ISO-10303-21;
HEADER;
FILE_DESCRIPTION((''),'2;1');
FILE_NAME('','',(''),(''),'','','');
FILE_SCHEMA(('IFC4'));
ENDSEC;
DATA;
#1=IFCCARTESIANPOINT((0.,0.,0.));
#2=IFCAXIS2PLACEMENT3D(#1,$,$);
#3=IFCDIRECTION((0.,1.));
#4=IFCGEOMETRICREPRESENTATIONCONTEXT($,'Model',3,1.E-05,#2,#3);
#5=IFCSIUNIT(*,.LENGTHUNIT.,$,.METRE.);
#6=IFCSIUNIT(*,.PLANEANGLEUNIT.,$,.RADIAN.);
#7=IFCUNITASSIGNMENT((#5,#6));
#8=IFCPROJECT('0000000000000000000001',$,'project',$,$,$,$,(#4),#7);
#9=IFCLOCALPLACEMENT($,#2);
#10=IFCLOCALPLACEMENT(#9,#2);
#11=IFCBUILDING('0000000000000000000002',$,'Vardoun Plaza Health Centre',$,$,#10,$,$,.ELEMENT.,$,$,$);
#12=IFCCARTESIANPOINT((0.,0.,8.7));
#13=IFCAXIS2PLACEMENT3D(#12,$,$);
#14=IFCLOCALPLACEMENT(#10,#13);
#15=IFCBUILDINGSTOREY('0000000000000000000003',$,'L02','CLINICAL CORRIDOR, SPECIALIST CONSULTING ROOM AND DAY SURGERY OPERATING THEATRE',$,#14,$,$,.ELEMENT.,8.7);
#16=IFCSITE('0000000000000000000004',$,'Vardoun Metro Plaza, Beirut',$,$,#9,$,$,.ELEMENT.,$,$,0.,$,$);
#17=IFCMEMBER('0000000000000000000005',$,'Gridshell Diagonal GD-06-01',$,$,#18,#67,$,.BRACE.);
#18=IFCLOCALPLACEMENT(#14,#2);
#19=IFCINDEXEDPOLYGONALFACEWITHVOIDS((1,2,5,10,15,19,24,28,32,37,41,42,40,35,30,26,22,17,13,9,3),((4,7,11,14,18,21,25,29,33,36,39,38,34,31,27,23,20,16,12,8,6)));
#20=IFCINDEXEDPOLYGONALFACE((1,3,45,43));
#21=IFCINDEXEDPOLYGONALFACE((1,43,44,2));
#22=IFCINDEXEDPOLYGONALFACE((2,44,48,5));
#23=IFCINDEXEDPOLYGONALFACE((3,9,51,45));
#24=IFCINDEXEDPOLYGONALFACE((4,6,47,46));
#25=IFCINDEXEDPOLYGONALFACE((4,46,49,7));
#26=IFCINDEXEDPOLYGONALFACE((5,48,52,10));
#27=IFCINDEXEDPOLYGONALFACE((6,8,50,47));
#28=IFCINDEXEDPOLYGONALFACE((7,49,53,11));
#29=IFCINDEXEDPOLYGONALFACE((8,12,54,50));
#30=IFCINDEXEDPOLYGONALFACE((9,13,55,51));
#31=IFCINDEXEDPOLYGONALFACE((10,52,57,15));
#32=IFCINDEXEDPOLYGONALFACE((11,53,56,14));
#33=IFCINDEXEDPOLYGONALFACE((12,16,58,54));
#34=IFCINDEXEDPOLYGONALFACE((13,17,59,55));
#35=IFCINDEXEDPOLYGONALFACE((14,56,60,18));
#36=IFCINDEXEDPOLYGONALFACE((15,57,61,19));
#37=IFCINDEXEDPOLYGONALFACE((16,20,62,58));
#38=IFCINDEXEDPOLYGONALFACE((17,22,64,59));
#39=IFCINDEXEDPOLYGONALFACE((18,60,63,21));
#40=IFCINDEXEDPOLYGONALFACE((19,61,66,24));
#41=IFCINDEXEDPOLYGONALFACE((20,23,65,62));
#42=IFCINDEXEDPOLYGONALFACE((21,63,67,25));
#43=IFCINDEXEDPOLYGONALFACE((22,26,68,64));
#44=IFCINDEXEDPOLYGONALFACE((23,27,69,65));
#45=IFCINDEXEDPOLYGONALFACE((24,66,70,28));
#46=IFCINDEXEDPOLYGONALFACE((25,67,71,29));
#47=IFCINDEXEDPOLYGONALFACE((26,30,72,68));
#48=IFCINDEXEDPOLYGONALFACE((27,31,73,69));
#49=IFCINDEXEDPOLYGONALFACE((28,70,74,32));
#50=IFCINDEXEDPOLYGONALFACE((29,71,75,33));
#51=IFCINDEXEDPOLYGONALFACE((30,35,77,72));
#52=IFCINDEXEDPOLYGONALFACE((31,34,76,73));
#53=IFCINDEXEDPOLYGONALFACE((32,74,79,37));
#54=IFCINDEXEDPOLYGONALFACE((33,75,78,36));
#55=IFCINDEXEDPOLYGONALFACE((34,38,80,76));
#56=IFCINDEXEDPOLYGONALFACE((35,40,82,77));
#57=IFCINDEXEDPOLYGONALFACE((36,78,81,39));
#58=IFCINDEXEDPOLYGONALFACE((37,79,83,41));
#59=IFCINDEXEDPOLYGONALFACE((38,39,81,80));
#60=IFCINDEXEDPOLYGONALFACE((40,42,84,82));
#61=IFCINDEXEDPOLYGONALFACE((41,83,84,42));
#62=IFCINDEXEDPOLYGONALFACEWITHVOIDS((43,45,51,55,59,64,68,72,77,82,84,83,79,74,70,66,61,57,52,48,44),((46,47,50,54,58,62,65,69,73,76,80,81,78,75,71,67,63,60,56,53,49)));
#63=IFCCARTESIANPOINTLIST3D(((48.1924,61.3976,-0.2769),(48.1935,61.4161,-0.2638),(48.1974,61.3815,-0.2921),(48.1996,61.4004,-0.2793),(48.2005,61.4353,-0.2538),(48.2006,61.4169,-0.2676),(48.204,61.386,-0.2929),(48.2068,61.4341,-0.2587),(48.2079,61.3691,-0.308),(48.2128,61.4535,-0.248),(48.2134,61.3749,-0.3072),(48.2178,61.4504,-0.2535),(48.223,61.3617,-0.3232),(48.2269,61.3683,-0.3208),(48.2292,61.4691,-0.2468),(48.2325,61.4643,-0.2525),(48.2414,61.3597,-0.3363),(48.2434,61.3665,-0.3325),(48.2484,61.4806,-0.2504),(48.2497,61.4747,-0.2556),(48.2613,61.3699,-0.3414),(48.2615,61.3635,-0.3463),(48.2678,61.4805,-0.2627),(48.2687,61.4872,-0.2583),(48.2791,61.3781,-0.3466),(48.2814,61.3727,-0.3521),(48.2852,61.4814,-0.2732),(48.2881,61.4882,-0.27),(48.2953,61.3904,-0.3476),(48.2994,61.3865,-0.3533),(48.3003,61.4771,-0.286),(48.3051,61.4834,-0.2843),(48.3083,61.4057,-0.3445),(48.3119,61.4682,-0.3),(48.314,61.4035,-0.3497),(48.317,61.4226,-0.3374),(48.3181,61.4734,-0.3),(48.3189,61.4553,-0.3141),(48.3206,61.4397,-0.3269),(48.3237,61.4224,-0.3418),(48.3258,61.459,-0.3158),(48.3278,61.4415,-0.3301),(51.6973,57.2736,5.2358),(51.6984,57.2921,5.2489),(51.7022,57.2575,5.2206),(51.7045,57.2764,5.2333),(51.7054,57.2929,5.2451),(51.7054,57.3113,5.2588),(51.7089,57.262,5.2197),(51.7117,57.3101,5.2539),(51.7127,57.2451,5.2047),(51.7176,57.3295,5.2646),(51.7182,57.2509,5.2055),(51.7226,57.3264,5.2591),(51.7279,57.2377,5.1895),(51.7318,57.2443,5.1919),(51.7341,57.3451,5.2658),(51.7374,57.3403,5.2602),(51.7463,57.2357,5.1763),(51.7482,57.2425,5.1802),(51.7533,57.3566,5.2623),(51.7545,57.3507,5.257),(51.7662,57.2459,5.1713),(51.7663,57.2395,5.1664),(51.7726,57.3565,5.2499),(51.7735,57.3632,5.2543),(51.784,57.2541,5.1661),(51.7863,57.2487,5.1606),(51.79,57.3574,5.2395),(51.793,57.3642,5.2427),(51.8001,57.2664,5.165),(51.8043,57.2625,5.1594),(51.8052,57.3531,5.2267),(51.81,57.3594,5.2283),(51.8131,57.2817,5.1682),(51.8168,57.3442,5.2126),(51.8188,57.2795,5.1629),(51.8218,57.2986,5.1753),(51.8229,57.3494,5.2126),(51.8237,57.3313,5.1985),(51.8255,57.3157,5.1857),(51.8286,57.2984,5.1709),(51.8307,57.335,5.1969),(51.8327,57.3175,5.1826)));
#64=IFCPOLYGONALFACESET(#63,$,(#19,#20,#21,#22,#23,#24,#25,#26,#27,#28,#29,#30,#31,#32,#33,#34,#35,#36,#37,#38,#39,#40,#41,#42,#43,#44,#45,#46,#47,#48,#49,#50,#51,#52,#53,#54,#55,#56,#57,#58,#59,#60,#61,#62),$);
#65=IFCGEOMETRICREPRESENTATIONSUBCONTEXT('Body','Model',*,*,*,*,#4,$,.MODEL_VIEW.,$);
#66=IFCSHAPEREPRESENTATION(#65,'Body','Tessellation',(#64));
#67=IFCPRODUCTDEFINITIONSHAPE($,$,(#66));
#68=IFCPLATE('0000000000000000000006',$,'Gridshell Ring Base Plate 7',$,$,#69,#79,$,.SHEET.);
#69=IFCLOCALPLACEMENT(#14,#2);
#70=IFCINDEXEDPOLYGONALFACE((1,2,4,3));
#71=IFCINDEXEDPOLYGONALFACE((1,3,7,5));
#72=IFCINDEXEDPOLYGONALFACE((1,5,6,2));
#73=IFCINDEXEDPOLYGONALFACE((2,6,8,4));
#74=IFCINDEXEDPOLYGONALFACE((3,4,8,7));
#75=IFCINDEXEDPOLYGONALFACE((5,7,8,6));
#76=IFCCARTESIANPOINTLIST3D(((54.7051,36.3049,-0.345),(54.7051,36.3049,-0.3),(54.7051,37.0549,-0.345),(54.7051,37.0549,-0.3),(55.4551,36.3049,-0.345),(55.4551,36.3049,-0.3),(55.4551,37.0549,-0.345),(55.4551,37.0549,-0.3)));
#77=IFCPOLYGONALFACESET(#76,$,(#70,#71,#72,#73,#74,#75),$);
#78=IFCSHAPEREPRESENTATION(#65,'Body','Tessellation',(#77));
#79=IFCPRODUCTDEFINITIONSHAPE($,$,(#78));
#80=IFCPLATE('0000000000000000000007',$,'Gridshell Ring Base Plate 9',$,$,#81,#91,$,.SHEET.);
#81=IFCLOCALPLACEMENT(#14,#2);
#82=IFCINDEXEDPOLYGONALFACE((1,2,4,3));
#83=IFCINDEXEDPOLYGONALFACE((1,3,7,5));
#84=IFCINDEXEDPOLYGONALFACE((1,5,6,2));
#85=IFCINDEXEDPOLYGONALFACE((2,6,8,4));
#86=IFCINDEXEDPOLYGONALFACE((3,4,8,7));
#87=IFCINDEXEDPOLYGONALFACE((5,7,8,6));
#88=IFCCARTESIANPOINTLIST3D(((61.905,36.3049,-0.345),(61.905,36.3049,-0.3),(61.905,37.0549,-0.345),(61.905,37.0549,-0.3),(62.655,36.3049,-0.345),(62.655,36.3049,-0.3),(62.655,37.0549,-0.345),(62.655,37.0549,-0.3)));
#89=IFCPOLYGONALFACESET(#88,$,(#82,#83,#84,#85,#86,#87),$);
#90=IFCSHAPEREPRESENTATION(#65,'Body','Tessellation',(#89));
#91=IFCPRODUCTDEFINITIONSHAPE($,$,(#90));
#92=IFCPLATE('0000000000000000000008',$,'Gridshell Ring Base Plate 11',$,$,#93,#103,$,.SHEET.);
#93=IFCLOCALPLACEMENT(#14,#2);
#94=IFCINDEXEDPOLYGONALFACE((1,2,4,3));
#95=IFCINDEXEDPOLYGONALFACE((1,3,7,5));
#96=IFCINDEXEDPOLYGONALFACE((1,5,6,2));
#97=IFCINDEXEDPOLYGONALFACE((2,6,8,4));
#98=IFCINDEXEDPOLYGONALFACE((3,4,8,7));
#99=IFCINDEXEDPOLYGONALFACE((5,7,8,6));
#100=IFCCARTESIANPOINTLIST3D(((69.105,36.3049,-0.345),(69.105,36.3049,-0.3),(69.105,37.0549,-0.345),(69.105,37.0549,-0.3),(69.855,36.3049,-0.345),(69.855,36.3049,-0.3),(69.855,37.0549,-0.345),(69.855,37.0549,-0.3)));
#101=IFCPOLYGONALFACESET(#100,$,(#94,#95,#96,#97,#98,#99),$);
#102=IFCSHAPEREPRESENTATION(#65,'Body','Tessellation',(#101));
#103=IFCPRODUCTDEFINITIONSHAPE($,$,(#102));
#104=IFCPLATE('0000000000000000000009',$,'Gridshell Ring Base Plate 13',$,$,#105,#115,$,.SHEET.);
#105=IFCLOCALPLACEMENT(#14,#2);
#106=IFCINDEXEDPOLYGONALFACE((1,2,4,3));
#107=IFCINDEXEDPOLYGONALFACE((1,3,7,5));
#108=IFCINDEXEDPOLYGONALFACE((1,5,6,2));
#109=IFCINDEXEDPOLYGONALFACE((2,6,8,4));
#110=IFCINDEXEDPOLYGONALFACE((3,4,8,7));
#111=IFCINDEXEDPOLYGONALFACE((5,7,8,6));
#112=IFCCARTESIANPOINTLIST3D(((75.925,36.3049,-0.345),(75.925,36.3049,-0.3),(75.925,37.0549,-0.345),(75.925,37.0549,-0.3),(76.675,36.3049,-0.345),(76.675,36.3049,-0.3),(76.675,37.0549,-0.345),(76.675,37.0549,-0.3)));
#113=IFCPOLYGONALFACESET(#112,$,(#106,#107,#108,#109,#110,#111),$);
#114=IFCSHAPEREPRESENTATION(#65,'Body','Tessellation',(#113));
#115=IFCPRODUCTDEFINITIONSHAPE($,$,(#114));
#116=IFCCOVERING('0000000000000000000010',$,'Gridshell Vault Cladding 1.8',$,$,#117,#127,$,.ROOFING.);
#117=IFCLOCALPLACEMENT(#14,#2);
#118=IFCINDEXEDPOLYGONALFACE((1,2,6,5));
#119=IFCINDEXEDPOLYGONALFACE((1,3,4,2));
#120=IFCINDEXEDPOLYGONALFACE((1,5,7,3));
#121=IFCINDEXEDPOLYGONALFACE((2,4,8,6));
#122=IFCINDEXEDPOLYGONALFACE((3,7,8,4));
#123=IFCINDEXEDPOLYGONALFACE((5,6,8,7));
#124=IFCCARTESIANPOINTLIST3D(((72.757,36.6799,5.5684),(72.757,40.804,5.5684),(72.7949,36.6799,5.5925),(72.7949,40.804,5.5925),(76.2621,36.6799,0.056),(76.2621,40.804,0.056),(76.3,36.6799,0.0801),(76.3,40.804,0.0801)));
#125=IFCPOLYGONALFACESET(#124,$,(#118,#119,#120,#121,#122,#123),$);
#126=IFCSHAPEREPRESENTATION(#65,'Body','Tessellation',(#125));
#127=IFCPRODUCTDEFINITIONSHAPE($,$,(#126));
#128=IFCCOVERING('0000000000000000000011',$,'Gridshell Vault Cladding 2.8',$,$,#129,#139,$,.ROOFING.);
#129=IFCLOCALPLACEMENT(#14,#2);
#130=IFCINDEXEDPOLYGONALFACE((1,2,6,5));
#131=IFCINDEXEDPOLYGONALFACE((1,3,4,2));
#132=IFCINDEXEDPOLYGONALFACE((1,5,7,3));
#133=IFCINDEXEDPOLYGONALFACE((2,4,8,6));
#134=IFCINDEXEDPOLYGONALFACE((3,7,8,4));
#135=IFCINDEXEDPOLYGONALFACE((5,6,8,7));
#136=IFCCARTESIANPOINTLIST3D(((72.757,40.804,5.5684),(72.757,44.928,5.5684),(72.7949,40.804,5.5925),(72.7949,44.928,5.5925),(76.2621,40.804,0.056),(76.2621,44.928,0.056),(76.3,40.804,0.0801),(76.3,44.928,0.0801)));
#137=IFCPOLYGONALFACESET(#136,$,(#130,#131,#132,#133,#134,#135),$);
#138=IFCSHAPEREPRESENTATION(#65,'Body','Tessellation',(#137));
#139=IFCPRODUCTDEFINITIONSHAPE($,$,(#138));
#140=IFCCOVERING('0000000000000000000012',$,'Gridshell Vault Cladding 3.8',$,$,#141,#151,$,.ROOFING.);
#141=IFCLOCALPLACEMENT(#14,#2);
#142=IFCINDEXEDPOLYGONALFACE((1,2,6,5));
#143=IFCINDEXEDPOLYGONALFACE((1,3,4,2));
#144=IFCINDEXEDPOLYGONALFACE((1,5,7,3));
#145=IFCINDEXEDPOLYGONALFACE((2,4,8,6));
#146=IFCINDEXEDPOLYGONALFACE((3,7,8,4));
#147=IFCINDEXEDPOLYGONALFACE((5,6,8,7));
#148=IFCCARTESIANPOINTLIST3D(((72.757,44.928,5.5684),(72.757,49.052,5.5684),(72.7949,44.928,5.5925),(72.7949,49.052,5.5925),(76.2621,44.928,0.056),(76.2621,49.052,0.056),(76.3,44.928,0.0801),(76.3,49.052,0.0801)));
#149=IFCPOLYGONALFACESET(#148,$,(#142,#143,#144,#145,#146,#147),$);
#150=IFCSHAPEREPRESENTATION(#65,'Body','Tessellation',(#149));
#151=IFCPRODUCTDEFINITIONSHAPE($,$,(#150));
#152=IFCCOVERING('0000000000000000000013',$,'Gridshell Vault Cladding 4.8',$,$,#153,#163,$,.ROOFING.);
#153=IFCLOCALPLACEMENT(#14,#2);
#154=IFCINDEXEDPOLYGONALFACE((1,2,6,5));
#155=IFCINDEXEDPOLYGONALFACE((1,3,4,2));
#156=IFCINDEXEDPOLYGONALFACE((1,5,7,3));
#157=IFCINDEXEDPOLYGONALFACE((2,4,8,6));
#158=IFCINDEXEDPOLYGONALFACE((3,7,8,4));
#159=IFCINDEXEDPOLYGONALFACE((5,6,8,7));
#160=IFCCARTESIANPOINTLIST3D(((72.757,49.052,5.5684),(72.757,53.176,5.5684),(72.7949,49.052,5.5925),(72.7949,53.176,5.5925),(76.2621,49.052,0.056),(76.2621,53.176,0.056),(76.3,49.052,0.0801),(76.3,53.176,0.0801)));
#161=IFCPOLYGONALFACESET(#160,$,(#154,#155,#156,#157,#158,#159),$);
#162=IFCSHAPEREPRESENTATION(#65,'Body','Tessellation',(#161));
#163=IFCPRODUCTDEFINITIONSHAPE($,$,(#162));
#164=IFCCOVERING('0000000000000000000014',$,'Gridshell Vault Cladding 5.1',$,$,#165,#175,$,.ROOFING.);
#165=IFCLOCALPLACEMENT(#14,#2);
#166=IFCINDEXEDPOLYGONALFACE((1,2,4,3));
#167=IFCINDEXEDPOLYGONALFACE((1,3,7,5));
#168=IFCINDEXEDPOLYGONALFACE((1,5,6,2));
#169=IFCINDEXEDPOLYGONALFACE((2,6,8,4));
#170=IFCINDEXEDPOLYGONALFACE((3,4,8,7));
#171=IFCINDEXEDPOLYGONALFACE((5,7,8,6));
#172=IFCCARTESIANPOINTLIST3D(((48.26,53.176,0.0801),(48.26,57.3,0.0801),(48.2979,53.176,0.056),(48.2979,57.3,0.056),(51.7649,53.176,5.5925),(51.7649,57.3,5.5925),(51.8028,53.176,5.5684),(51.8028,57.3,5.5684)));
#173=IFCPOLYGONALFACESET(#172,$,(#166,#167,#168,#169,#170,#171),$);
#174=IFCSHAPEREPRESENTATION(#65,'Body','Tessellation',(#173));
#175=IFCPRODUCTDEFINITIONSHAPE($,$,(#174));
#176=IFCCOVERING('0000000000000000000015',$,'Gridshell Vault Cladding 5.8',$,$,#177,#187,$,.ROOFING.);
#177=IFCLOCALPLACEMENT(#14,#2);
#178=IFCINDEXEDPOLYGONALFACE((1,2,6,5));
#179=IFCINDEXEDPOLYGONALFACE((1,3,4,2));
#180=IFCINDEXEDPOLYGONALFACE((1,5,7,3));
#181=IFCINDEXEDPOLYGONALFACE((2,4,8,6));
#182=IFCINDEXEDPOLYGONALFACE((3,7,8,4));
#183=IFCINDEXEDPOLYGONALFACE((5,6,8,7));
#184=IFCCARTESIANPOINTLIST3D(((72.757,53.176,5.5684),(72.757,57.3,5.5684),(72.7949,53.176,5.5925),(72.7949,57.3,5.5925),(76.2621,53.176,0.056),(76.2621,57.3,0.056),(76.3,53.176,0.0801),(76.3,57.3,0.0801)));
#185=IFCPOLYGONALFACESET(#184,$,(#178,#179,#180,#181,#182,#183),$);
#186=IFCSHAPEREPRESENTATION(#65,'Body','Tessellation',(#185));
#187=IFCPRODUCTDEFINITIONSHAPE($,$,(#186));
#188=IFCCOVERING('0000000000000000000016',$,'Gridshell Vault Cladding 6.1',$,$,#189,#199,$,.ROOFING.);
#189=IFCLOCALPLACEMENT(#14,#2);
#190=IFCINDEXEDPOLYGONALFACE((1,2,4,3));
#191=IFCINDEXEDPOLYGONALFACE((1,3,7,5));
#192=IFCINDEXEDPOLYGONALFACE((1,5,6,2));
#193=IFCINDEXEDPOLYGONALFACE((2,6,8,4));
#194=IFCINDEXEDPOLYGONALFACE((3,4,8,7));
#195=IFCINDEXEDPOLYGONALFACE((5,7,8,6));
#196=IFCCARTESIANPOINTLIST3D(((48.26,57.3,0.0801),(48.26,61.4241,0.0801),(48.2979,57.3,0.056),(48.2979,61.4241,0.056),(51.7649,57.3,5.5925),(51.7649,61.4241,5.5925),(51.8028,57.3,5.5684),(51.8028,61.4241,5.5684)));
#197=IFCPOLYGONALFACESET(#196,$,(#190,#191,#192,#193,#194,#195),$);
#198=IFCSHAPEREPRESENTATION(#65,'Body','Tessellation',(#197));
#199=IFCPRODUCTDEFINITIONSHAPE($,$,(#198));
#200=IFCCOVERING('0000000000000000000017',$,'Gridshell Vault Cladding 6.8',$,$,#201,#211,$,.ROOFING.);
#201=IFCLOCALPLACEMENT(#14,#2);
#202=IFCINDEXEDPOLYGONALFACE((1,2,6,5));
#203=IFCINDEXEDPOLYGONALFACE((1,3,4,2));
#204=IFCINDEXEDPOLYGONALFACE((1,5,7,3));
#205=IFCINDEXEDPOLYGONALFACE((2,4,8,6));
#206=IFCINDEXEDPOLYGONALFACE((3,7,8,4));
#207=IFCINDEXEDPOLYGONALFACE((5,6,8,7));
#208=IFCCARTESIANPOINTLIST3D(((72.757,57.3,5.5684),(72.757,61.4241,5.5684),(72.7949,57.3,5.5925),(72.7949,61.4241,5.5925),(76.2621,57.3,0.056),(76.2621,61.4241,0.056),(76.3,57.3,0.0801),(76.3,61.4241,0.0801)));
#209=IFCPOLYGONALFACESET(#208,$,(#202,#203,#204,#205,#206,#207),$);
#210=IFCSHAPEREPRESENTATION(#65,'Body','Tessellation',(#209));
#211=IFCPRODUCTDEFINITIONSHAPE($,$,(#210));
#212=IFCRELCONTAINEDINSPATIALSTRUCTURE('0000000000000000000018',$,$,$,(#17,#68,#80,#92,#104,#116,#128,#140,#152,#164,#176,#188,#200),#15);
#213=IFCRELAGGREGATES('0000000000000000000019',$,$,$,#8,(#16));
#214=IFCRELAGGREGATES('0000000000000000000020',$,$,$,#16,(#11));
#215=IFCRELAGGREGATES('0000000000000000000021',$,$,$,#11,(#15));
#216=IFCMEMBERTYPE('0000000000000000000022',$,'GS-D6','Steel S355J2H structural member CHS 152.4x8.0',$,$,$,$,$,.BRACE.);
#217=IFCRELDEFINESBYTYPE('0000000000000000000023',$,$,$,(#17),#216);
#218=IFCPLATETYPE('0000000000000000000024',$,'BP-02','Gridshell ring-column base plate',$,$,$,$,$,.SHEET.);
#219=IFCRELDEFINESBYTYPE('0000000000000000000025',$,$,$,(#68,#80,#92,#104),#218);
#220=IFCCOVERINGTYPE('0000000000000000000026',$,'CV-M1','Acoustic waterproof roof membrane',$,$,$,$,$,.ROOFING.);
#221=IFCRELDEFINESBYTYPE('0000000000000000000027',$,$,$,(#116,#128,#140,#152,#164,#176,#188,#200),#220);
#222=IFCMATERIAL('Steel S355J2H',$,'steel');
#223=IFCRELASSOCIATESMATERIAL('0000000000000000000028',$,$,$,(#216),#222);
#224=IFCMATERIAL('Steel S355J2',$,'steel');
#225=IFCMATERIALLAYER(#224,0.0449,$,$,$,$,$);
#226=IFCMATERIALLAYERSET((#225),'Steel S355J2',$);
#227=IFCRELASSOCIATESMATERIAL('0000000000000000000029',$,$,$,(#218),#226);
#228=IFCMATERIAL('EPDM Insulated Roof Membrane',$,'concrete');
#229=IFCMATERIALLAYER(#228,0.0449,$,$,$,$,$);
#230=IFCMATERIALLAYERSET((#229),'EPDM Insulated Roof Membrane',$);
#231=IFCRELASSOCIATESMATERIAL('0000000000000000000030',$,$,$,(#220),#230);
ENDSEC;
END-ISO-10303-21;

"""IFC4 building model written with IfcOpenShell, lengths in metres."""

from ifc_helpers import new_model, si_unit, direction, frame, origin, origin_2d, place, context, subcontext, project, spatial, polyline, rectangle, hollow_circle, outline, extrude, material, layer, layer_set, material_profile, profile_set, type_object, element, save


model = new_model("IFC4")

# Units and contexts
model_context = context("Model", 3, precision=1e-05, world=origin(), true_north=direction((0.0, 1.0)))
body_context = subcontext(model_context, "Body", "Model", "MODEL_VIEW")
ifc_project = project(units=[si_unit("LENGTHUNIT", "METRE"), si_unit("PLANEANGLEUNIT", "RADIAN")], contexts=[model_context])

# Site, building, storey
site_placement = place(None, origin())
site = spatial("IfcSite", under=ifc_project, at=site_placement, Name="Vardoun Metro Plaza, Beirut", CompositionType="ELEMENT", RefElevation=0.0)
building_placement = place(site_placement, origin())
building = spatial("IfcBuilding", under=site, at=building_placement, Name="Vardoun Plaza Health Centre", CompositionType="ELEMENT")
storey_placement = place(building_placement, frame((0.0, 0.0, 8.7)))
storey = spatial("IfcBuildingStorey", under=building, at=storey_placement, Name="L02", Description="CLINICAL CORRIDOR, SPECIALIST CONSULTING ROOM AND DAY SURGERY OPERATING THEATRE", CompositionType="ELEMENT", Elevation=8.7)

# Member
ifc_material_1 = material(Name="Steel S355J2H", Category="steel")
ifc_material_profile_1 = material_profile(ifc_material_1, hollow_circle(Radius=0.0762, WallThickness=0.0081, at=origin_2d()), Name="CHS 152.4x8.0")
ifc_profile_set_1 = profile_set([ifc_material_profile_1], Name="Steel S355J2H")
member_type_1 = type_object("IfcMemberType", Name="GS-D6", Description="Steel S355J2H structural member CHS 152.4x8.0", PredefinedType="BRACE", material=ifc_profile_set_1)
member_1_placement = place(storey_placement, frame((48.26, 61.4241, -0.3), z_axis=(0.453684, -0.533828, 0.713582), x_axis=(0.761988, 0.647591, 0.0)))
element("IfcMember", 1, at=member_1_placement, inside=storey, type_object=member_type_1, Name="Gridshell Diagonal GD-06-01", PredefinedType="BRACE", context=body_context, shape_type="SweptSolid", body=[
    extrude(hollow_circle(Radius=0.0762, WallThickness=0.0081, at=origin_2d()), origin(), (0.0, 0.0, 1.0), 7.7253),
])

# Plates
ifc_material_2 = material(Name="Steel S355J2", Category="steel")
ifc_layer_1 = layer(ifc_material_2, 0.0449)
ifc_layer_set_1 = layer_set([ifc_layer_1], Name="Steel S355J2")
plate_type = type_object("IfcPlateType", Name="BP-02", Description="Gridshell ring-column base plate", PredefinedType="SHEET", material=ifc_layer_set_1)
for number, where, z_axis, x_axis, name in (
    (2, (55.0801, 36.6799, -0.345), (0.0, 0.0, 1.0), (1.0, 0.0, 0.0), "Gridshell Ring Base Plate 7"),
    (3, (62.28, 36.6799, -0.345), (0.0, 0.0, 1.0), (1.0, 0.0, 0.0), "Gridshell Ring Base Plate 9"),
    (4, (69.48, 36.6799, -0.345), (0.0, 0.0, 1.0), (1.0, 0.0, 0.0), "Gridshell Ring Base Plate 11"),
    (5, (76.3, 36.6799, -0.345), (0.0, 0.0, 1.0), (1.0, 0.0, 0.0), "Gridshell Ring Base Plate 13"),
):
    element("IfcPlate", number, at=place(storey_placement, frame(where, z_axis=z_axis, x_axis=x_axis)), inside=storey, type_object=plate_type, Name=name, PredefinedType="SHEET", context=body_context, shape_type="SweptSolid", body=[
        extrude(rectangle(XDim=0.75, YDim=0.75, at=origin_2d()), origin(), (0.0, 0.0, 1.0), 0.0449),
    ])

# Coverings
ifc_material_3 = material(Name="EPDM Insulated Roof Membrane", Category="concrete")
ifc_layer_2 = layer(ifc_material_3, 0.0449)
ifc_layer_set_2 = layer_set([ifc_layer_2], Name="EPDM Insulated Roof Membrane")
covering_type = type_object("IfcCoveringType", Name="CV-M1", Description="Acoustic waterproof roof membrane", PredefinedType="ROOFING", material=ifc_layer_set_2)
for number, where, z_axis, x_axis, name in (
    (6, (72.7949, 36.6799, 5.5925), (0.843855, 0.0, 0.536571), (0.536571, 0.0, -0.843855), "Gridshell Vault Cladding 1.8"),
    (7, (72.7949, 40.804, 5.5925), (0.843855, 0.0, 0.536571), (0.536571, 0.0, -0.843855), "Gridshell Vault Cladding 2.8"),
    (8, (72.7949, 44.928, 5.5925), (0.843855, 0.0, 0.536571), (0.536571, 0.0, -0.843855), "Gridshell Vault Cladding 3.8"),
    (9, (72.7949, 49.052, 5.5925), (0.843855, 0.0, 0.536571), (0.536571, 0.0, -0.843855), "Gridshell Vault Cladding 4.8"),
):
    element("IfcCovering", number, at=place(storey_placement, frame(where, z_axis=z_axis, x_axis=x_axis)), inside=storey, type_object=covering_type, Name=name, PredefinedType="ROOFING", context=body_context, shape_type="SweptSolid", body=[
        extrude(outline(polyline([(0.0, 0.0), (6.5325, 0.0), (6.5325, 4.124), (0.0, 4.124), (0.0, 0.0)])), origin(), (0.0, 0.0, -1.0), 0.0449),
    ])
covering_1_placement = place(storey_placement, frame((48.26, 53.176, 0.0801), z_axis=(-0.843872, 0.0, 0.536544), x_axis=(0.536544, 0.0, 0.843872)))
element("IfcCovering", 10, at=covering_1_placement, inside=storey, type_object=covering_type, Name="Gridshell Vault Cladding 5.1", PredefinedType="ROOFING", context=body_context, shape_type="SweptSolid", body=[
    extrude(outline(polyline([(0.0, 0.0), (6.5323, 0.0), (6.5323, 4.124), (0.0, 4.124), (0.0, 0.0)])), origin(), (0.0, 0.0, -1.0), 0.0449),
])
covering_2_placement = place(storey_placement, frame((72.7949, 53.176, 5.5925), z_axis=(0.843855, 0.0, 0.536571), x_axis=(0.536571, 0.0, -0.843855)))
element("IfcCovering", 11, at=covering_2_placement, inside=storey, type_object=covering_type, Name="Gridshell Vault Cladding 5.8", PredefinedType="ROOFING", context=body_context, shape_type="SweptSolid", body=[
    extrude(outline(polyline([(0.0, 0.0), (6.5325, 0.0), (6.5325, 4.124), (0.0, 4.124), (0.0, 0.0)])), origin(), (0.0, 0.0, -1.0), 0.0449),
])
covering_3_placement = place(storey_placement, frame((48.26, 57.3, 0.0801), z_axis=(-0.843872, 0.0, 0.536544), x_axis=(0.536544, 0.0, 0.843872)))
element("IfcCovering", 12, at=covering_3_placement, inside=storey, type_object=covering_type, Name="Gridshell Vault Cladding 6.1", PredefinedType="ROOFING", context=body_context, shape_type="SweptSolid", body=[
    extrude(outline(polyline([(0.0, 0.0), (6.5323, 0.0), (6.5323, 4.124), (0.0, 4.124), (0.0, 0.0)])), origin(), (0.0, 0.0, -1.0), 0.0449),
])
covering_4_placement = place(storey_placement, frame((72.7949, 57.3, 5.5925), z_axis=(0.843855, 0.0, 0.536571), x_axis=(0.536571, 0.0, -0.843855)))
element("IfcCovering", 13, at=covering_4_placement, inside=storey, type_object=covering_type, Name="Gridshell Vault Cladding 6.8", PredefinedType="ROOFING", context=body_context, shape_type="SweptSolid", body=[
    extrude(outline(polyline([(0.0, 0.0), (6.5325, 0.0), (6.5325, 4.124), (0.0, 4.124), (0.0, 0.0)])), origin(), (0.0, 0.0, -1.0), 0.0449),
])

save(model, "model.ifc")
